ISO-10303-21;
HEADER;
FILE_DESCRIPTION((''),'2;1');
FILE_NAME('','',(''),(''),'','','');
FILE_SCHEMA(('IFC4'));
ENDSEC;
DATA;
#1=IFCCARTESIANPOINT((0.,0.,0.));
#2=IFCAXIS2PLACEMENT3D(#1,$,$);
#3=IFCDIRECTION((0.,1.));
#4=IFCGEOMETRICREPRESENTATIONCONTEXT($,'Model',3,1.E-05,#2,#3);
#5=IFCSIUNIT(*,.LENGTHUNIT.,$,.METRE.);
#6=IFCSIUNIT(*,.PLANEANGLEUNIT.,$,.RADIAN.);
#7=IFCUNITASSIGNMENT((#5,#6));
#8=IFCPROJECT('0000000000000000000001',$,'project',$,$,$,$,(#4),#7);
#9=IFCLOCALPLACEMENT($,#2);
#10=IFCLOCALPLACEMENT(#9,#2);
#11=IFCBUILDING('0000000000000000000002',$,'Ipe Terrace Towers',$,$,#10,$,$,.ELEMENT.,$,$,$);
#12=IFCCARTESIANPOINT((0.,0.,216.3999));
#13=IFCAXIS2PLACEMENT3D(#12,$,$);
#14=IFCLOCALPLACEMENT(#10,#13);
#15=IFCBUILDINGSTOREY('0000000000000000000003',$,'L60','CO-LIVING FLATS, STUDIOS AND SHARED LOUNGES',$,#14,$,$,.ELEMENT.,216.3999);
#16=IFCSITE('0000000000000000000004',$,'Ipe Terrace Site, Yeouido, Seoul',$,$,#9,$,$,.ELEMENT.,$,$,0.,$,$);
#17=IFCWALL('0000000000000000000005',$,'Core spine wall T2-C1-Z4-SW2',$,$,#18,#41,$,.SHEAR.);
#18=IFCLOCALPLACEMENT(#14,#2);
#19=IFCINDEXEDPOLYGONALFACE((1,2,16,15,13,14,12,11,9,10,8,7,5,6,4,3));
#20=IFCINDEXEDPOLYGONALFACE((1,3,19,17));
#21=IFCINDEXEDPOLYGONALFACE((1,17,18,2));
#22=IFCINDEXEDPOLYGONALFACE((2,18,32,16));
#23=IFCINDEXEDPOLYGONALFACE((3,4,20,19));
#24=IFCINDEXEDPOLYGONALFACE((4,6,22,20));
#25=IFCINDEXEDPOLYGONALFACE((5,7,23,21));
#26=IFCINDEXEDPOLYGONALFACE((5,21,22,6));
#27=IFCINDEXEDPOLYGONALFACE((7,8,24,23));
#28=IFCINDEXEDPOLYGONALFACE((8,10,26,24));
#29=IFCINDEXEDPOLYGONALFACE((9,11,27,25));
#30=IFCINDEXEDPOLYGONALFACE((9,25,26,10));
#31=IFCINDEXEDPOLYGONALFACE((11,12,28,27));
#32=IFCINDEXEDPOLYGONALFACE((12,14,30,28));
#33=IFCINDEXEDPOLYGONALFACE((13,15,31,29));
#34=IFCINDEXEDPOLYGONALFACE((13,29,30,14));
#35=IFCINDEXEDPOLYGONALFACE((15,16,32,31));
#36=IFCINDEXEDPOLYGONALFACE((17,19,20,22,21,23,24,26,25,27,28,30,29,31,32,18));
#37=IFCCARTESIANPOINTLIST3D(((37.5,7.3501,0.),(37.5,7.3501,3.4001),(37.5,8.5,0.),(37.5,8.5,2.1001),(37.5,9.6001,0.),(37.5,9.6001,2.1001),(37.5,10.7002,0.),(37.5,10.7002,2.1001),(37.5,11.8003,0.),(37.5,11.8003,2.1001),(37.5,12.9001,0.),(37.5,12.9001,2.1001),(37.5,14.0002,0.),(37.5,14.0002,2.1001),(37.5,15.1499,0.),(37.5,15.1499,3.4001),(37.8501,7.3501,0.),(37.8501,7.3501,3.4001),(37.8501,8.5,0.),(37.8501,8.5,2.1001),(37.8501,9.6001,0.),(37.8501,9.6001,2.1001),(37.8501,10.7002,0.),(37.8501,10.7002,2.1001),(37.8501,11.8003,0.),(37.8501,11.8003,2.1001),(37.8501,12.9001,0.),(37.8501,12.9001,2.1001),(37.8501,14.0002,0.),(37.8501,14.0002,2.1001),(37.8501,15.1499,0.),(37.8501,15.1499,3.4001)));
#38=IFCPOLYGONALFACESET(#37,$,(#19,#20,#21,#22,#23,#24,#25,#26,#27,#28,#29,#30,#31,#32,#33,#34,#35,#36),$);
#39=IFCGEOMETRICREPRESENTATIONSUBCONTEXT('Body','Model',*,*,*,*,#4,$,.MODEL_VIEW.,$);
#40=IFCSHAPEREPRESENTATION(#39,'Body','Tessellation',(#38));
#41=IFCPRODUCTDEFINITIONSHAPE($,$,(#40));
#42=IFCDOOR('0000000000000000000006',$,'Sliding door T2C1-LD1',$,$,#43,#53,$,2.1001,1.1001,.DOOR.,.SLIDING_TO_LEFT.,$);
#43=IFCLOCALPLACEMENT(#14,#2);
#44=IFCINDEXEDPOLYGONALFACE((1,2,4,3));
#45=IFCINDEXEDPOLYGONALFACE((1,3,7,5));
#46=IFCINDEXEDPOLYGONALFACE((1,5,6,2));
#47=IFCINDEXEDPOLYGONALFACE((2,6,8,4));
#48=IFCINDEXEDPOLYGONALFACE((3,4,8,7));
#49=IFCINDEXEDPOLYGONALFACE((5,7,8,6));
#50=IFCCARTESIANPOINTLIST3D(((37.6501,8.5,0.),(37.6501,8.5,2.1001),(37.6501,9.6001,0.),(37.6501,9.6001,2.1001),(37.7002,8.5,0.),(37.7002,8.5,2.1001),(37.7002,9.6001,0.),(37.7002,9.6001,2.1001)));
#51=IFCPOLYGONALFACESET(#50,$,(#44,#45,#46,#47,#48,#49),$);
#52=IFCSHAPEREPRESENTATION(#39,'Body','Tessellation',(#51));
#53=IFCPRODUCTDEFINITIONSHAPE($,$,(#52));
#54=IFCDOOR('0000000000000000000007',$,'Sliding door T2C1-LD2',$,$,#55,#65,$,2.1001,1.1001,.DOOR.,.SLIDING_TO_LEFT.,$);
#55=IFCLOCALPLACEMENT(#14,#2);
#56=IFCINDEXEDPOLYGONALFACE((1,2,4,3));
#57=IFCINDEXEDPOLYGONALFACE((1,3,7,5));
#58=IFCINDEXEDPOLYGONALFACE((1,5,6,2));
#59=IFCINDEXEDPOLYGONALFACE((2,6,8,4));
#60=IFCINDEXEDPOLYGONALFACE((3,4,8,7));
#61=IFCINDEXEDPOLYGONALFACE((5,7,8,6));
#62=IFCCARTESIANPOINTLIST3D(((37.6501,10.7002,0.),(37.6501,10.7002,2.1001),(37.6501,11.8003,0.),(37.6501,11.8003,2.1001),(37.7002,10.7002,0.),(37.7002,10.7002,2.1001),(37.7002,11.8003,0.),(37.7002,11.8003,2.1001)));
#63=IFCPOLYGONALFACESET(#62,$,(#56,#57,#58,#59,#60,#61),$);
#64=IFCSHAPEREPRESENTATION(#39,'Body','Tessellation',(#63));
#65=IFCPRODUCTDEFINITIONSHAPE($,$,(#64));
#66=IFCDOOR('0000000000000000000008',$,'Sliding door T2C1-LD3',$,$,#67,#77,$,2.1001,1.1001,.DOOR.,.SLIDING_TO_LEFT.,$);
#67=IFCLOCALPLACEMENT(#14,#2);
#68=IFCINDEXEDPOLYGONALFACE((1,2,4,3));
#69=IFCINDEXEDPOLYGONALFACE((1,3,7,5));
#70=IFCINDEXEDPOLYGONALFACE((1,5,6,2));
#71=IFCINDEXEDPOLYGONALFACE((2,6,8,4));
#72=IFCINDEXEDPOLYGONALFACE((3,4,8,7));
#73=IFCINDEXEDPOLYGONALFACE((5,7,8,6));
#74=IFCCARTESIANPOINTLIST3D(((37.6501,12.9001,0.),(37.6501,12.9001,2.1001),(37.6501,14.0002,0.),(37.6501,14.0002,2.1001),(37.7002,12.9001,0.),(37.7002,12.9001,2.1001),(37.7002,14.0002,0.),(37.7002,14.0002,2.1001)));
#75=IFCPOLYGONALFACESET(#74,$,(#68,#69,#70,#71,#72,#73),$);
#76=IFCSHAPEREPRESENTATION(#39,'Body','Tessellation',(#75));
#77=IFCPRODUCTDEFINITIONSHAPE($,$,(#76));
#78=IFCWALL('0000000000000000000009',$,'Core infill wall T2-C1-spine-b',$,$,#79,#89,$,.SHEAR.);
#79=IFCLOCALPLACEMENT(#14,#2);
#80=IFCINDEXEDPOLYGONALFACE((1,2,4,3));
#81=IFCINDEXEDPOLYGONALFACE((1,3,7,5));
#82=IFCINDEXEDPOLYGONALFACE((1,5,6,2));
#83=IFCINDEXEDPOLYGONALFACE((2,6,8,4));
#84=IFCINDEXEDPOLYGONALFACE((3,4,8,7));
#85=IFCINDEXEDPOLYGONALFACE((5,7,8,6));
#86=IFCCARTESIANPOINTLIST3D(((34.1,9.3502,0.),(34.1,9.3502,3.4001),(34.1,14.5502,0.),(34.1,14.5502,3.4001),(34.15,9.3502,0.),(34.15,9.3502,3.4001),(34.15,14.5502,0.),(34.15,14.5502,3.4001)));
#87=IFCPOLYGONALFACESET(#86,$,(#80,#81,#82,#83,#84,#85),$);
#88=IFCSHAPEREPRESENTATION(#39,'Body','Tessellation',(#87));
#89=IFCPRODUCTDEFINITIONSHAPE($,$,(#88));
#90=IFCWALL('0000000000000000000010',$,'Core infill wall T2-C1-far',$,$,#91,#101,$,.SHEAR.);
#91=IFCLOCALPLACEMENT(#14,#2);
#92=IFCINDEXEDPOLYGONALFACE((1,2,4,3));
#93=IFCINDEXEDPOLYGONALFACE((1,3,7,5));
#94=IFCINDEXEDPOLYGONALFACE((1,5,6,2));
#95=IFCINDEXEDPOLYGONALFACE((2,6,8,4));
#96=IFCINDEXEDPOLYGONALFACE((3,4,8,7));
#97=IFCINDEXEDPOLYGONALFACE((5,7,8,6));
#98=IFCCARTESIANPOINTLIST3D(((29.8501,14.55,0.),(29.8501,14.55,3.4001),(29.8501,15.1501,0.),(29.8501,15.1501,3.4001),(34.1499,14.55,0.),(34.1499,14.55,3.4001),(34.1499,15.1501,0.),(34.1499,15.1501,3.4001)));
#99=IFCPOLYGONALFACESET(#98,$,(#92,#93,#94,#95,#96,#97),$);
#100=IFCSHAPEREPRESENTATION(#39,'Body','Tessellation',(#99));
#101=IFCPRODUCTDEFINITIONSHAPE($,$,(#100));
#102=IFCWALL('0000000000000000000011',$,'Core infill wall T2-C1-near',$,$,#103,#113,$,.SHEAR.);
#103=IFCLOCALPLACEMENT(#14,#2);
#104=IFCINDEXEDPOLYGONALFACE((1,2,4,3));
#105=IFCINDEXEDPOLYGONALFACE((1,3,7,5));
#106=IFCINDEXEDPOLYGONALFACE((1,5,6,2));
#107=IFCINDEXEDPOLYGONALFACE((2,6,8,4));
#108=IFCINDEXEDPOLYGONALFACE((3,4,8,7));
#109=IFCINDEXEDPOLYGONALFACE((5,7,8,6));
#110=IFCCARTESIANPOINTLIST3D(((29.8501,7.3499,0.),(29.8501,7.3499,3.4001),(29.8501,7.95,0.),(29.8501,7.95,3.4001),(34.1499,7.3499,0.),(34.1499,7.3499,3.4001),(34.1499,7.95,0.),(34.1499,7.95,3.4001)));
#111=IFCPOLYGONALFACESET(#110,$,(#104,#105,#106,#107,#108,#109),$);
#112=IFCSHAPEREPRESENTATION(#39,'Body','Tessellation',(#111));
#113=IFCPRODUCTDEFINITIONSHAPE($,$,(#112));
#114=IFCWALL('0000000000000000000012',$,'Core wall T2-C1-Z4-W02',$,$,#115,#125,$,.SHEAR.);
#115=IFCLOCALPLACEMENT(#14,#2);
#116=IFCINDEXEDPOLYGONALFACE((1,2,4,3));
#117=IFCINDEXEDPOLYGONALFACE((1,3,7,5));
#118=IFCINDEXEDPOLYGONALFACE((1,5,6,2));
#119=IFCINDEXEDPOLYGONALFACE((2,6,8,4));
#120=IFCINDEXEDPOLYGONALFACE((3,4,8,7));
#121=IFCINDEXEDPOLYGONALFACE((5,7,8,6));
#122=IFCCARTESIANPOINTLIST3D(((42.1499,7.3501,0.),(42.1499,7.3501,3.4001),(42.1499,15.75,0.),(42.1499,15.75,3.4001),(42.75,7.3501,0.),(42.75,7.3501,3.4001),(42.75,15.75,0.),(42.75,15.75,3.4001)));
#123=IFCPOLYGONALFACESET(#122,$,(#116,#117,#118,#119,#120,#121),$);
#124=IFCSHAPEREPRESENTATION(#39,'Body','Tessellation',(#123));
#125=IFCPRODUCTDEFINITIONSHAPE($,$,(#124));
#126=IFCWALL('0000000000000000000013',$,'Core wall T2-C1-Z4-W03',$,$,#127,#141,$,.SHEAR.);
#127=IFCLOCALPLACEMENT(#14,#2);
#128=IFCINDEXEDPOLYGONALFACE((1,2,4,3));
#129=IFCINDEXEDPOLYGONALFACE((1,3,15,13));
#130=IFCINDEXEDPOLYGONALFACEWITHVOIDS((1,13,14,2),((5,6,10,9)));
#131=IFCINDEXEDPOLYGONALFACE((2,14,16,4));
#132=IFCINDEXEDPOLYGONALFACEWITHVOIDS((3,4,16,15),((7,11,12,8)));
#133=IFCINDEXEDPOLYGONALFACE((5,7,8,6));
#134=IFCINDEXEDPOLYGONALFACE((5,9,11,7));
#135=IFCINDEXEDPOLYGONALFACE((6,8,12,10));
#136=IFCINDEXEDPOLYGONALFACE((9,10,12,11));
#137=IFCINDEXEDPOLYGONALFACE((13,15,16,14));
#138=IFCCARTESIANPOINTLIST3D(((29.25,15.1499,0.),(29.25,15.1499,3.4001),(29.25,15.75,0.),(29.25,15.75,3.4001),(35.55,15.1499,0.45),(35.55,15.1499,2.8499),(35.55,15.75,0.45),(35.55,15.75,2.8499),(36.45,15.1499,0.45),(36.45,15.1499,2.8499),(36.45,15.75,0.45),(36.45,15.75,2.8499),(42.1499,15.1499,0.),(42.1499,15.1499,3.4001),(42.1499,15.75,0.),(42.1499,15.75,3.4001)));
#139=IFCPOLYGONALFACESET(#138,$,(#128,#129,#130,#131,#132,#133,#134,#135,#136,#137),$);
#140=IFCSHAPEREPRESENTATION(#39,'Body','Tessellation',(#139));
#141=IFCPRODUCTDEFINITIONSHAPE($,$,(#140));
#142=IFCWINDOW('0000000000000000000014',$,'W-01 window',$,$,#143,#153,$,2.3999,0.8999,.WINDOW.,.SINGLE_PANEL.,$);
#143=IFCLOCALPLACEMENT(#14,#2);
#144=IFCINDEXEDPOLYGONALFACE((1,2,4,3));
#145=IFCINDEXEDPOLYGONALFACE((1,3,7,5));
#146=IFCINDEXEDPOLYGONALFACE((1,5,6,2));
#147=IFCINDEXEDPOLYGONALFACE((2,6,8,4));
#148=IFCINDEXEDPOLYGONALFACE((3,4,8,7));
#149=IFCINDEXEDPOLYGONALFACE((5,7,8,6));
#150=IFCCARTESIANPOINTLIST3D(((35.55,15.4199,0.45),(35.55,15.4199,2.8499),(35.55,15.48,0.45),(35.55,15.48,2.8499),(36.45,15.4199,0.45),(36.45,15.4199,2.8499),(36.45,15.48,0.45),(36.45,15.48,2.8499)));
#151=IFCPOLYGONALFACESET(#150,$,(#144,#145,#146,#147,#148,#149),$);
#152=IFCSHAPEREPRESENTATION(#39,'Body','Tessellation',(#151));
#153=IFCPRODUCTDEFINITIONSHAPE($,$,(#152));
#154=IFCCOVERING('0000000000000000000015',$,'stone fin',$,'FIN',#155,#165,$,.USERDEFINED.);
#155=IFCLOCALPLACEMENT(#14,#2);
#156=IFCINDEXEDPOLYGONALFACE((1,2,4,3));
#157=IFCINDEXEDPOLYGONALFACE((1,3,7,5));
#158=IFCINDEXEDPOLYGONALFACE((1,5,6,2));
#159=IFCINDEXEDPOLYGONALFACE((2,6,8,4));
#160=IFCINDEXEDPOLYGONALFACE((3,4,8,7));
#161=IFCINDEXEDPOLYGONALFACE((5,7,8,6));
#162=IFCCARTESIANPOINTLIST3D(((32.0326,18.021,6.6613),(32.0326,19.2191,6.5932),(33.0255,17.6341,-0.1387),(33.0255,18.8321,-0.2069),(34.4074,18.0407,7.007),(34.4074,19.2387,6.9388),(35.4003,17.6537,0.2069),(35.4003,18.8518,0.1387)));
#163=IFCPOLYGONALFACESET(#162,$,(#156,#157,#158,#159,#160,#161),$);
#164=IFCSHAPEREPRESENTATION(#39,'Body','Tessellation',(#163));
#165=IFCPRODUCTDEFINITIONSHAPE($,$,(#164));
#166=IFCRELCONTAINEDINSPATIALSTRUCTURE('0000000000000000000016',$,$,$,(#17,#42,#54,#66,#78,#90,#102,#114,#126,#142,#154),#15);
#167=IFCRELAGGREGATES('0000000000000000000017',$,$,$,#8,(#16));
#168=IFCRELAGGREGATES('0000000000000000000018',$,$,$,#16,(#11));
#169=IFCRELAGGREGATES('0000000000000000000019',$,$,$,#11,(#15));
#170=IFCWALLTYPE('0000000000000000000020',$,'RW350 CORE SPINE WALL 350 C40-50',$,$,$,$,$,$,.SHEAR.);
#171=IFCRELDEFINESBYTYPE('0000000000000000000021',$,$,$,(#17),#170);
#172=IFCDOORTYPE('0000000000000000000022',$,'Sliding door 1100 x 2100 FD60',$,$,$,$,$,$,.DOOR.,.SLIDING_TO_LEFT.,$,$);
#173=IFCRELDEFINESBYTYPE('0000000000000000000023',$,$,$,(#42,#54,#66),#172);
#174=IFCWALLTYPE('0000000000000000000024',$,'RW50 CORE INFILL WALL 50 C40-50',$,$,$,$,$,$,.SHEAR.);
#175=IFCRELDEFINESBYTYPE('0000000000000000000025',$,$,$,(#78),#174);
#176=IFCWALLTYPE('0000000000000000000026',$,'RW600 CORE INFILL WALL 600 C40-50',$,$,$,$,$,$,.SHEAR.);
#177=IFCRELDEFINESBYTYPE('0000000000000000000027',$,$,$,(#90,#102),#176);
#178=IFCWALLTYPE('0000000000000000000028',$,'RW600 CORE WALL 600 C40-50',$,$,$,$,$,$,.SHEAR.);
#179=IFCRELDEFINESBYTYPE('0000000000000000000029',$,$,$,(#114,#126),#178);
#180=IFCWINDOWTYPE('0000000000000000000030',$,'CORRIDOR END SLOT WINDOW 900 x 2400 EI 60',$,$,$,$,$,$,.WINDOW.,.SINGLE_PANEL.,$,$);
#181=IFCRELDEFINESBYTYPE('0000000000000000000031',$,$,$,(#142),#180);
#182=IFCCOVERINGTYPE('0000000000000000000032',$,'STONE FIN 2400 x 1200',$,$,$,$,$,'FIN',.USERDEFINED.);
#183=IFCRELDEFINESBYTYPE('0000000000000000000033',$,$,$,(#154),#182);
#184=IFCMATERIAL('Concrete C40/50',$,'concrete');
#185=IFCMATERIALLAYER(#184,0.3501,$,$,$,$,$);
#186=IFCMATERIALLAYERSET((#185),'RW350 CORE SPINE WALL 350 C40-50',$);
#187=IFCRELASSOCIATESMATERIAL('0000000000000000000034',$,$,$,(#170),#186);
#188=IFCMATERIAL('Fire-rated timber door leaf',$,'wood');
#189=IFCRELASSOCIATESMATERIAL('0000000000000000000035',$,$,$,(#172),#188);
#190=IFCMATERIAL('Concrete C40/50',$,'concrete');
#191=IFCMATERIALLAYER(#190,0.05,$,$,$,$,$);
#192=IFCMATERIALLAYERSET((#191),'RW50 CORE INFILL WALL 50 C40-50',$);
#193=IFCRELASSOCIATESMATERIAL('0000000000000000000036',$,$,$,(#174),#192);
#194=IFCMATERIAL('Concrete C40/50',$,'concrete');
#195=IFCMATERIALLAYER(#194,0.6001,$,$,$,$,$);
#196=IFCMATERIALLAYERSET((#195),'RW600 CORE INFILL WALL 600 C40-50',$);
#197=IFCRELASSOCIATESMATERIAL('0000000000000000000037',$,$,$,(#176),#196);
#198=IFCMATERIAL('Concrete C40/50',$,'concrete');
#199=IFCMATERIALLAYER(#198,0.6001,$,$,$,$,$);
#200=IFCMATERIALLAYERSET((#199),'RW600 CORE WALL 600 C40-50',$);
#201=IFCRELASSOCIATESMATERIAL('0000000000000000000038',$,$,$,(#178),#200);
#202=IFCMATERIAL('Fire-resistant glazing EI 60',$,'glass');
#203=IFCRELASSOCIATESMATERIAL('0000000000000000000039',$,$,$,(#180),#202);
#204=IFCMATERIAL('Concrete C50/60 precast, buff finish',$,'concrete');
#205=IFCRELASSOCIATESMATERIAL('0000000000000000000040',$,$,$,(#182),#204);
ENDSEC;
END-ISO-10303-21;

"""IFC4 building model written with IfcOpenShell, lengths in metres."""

from ifc_helpers import new_model, si_unit, direction, frame, frame_2d, origin, origin_2d, place, context, subcontext, project, spatial, rectangle, extrude, material, layer, layer_set, material_profile, profile_set, type_object, element, fill, save


model = new_model("IFC4")

# Units and contexts
model_context = context("Model", 3, precision=1e-05, world=origin(), true_north=direction((0.0, 1.0)))
body_context = subcontext(model_context, "Body", "Model", "MODEL_VIEW")
ifc_project = project(units=[si_unit("LENGTHUNIT", "METRE"), si_unit("PLANEANGLEUNIT", "RADIAN")], contexts=[model_context])

# Site, building, storey
site_placement = place(None, origin())
site = spatial("IfcSite", under=ifc_project, at=site_placement, Name="Ipe Terrace Site, Yeouido, Seoul", CompositionType="ELEMENT", RefElevation=0.0)
building_placement = place(site_placement, origin())
building = spatial("IfcBuilding", under=site, at=building_placement, Name="Ipe Terrace Towers", CompositionType="ELEMENT")
storey_placement = place(building_placement, frame((0.0, 0.0, 216.3999)))
storey = spatial("IfcBuildingStorey", under=building, at=storey_placement, Name="L60", Description="CO-LIVING FLATS, STUDIOS AND SHARED LOUNGES", CompositionType="ELEMENT", Elevation=216.3999)

# Shared definitions
ifc_material_1 = material(Name="Concrete C40/50", Category="concrete")
ifc_layer_1 = layer(ifc_material_1, 0.3501)
ifc_layer_set_1 = layer_set([ifc_layer_1], Name="RW350 CORE SPINE WALL 350 C40-50")
wall_type_1 = type_object("IfcWallType", Name="RW350 CORE SPINE WALL 350 C40-50", PredefinedType="SHEAR", material=ifc_layer_set_1)

# Wall, openings, doors
wall_1_placement = place(storey_placement, frame((37.675, 7.3501, 0.0), z_axis=(0.0, 0.0, 1.0), x_axis=(0.0, 1.0, 0.0)))
wall_1 = element("IfcWall", 1, at=wall_1_placement, inside=storey, type_object=wall_type_1, Name="Core spine wall T2-C1-Z4-SW2", PredefinedType="SHEAR", context=body_context, shape_type="SweptSolid", body=[
    extrude(rectangle(XDim=7.7998, YDim=0.3501, at=frame_2d((3.8999, 0.0))), origin(), (0.0, 0.0, 1.0), 3.4001),
])
opening_1_placement = place(wall_1_placement, frame((1.1499, 0.0, 0.0)))
opening_1 = element("IfcOpeningElement", 2, at=opening_1_placement, cuts=wall_1, PredefinedType="OPENING", context=body_context, shape_type="SweptSolid", body=[
    extrude(rectangle(XDim=1.1001, YDim=2.1001, at=frame_2d((0.55, 1.05))), frame((0.0, 0.1851, 0.0), z_axis=(0.0, -1.0, 0.0), x_axis=(1.0, 0.0, 0.0)), (0.0, 0.0, 1.0), 0.3701),
])
opening_2_placement = place(wall_1_placement, frame((3.3501, 0.0, 0.0)))
opening_2 = element("IfcOpeningElement", 3, at=opening_2_placement, cuts=wall_1, PredefinedType="OPENING", context=body_context, shape_type="SweptSolid", body=[
    extrude(rectangle(XDim=1.1001, YDim=2.1001, at=frame_2d((0.55, 1.05))), frame((0.0, 0.1851, 0.0), z_axis=(0.0, -1.0, 0.0), x_axis=(1.0, 0.0, 0.0)), (0.0, 0.0, 1.0), 0.3701),
])
opening_3_placement = place(wall_1_placement, frame((5.55, 0.0, 0.0)))
opening_3 = element("IfcOpeningElement", 4, at=opening_3_placement, cuts=wall_1, PredefinedType="OPENING", context=body_context, shape_type="SweptSolid", body=[
    extrude(rectangle(XDim=1.1001, YDim=2.1001, at=frame_2d((0.55, 1.05))), frame((0.0, 0.1851, 0.0), z_axis=(0.0, -1.0, 0.0), x_axis=(1.0, 0.0, 0.0)), (0.0, 0.0, 1.0), 0.3701),
])
ifc_material_2 = material(Name="Fire-rated timber door leaf", Category="wood")
door_type_1 = type_object("IfcDoorType", Name="Sliding door 1100 x 2100 FD60", OperationType="SLIDING_TO_LEFT", PredefinedType="DOOR", material=ifc_material_2)
door_1_placement = place(opening_1_placement, origin())
door_1 = element("IfcDoor", 5, at=door_1_placement, inside=storey, type_object=door_type_1, Name="Sliding door T2C1-LD1", OperationType="SLIDING_TO_LEFT", OverallHeight=2.1001, OverallWidth=1.1001, PredefinedType="DOOR", context=body_context, shape_type="SweptSolid", body=[
    extrude(rectangle(XDim=1.1001, YDim=2.1001, at=frame_2d((0.55, 1.05))), frame((0.0, 0.0249, 0.0), z_axis=(0.0, -1.0, 0.0), x_axis=(1.0, 0.0, 0.0)), (0.0, 0.0, 1.0), 0.05),
])
fill(opening_1, door_1)
door_2_placement = place(opening_2_placement, origin())
door_2 = element("IfcDoor", 6, at=door_2_placement, inside=storey, type_object=door_type_1, Name="Sliding door T2C1-LD2", OperationType="SLIDING_TO_LEFT", OverallHeight=2.1001, OverallWidth=1.1001, PredefinedType="DOOR", context=body_context, shape_type="SweptSolid", body=[
    extrude(rectangle(XDim=1.1001, YDim=2.1001, at=frame_2d((0.55, 1.05))), frame((0.0, 0.0249, 0.0), z_axis=(0.0, -1.0, 0.0), x_axis=(1.0, 0.0, 0.0)), (0.0, 0.0, 1.0), 0.05),
])
fill(opening_2, door_2)
door_3_placement = place(opening_3_placement, origin())
door_3 = element("IfcDoor", 7, at=door_3_placement, inside=storey, type_object=door_type_1, Name="Sliding door T2C1-LD3", OperationType="SLIDING_TO_LEFT", OverallHeight=2.1001, OverallWidth=1.1001, PredefinedType="DOOR", context=body_context, shape_type="SweptSolid", body=[
    extrude(rectangle(XDim=1.1001, YDim=2.1001, at=frame_2d((0.55, 1.05))), frame((0.0, 0.0249, 0.0), z_axis=(0.0, -1.0, 0.0), x_axis=(1.0, 0.0, 0.0)), (0.0, 0.0, 1.0), 0.05),
])
fill(opening_3, door_3)

# Walls
ifc_material_3 = material(Name="Concrete C40/50", Category="concrete")
ifc_layer_2 = layer(ifc_material_3, 0.05)
ifc_layer_set_2 = layer_set([ifc_layer_2], Name="RW50 CORE INFILL WALL 50 C40-50")
wall_type_2 = type_object("IfcWallType", Name="RW50 CORE INFILL WALL 50 C40-50", PredefinedType="SHEAR", material=ifc_layer_set_2)
wall_2_placement = place(storey_placement, frame((34.125, 9.3501, 0.0), z_axis=(0.0, 0.0, 1.0), x_axis=(0.0, 1.0, 0.0)))
element("IfcWall", 8, at=wall_2_placement, inside=storey, type_object=wall_type_2, Name="Core infill wall T2-C1-spine-b", PredefinedType="SHEAR", context=body_context, shape_type="SweptSolid", body=[
    extrude(rectangle(XDim=5.2, YDim=0.05, at=frame_2d((2.6001, 0.0))), origin(), (0.0, 0.0, 1.0), 3.4001),
])
ifc_material_4 = material(Name="Concrete C40/50", Category="concrete")
ifc_layer_3 = layer(ifc_material_4, 0.6001)
ifc_layer_set_3 = layer_set([ifc_layer_3], Name="RW600 CORE INFILL WALL 600 C40-50")
wall_type_3 = type_object("IfcWallType", Name="RW600 CORE INFILL WALL 600 C40-50", PredefinedType="SHEAR", material=ifc_layer_set_3)
for number, where, z_axis, x_axis, name in (
    (9, (34.1499, 14.8501, 0.0), (0.0, 0.0, 1.0), (-1.0, 0.0, 0.0), "Core infill wall T2-C1-far"),
    (10, (34.1499, 7.6499, 0.0), (0.0, 0.0, 1.0), (-1.0, 0.0, 0.0), "Core infill wall T2-C1-near"),
):
    element("IfcWall", number, at=place(storey_placement, frame(where, z_axis=z_axis, x_axis=x_axis)), inside=storey, type_object=wall_type_3, Name=name, PredefinedType="SHEAR", context=body_context, shape_type="SweptSolid", body=[
        extrude(rectangle(XDim=4.2998, YDim=0.6001, at=frame_2d((2.1499, 0.0))), origin(), (0.0, 0.0, 1.0), 3.4001),
    ])
ifc_material_5 = material(Name="Concrete C40/50", Category="concrete")
ifc_layer_4 = layer(ifc_material_5, 0.6001)
ifc_layer_set_4 = layer_set([ifc_layer_4], Name="RW600 CORE WALL 600 C40-50")
wall_type_4 = type_object("IfcWallType", Name="RW600 CORE WALL 600 C40-50", PredefinedType="SHEAR", material=ifc_layer_set_4)
wall_3_placement = place(storey_placement, frame((42.45, 7.3501, 0.0), z_axis=(0.0, 0.0, 1.0), x_axis=(0.0, 1.0, 0.0)))
element("IfcWall", 11, at=wall_3_placement, inside=storey, type_object=wall_type_4, Name="Core wall T2-C1-Z4-W02", PredefinedType="SHEAR", context=body_context, shape_type="SweptSolid", body=[
    extrude(rectangle(XDim=8.3999, YDim=0.6001, at=frame_2d((4.2, 0.0))), origin(), (0.0, 0.0, 1.0), 3.4001),
])

# Wall, opening, window
wall_4_placement = place(storey_placement, frame((42.1499, 15.45, 0.0), z_axis=(0.0, 0.0, 1.0), x_axis=(-1.0, 0.0, 0.0)))
wall_4 = element("IfcWall", 12, at=wall_4_placement, inside=storey, type_object=wall_type_4, Name="Core wall T2-C1-Z4-W03", PredefinedType="SHEAR", context=body_context, shape_type="SweptSolid", body=[
    extrude(rectangle(XDim=12.8999, YDim=0.6001, at=frame_2d((6.45, 0.0))), origin(), (0.0, 0.0, 1.0), 3.4001),
])
opening_4_placement = place(wall_4_placement, frame((5.7, 0.0, 0.45)))
opening_4 = element("IfcOpeningElement", 13, at=opening_4_placement, cuts=wall_4, PredefinedType="OPENING", context=body_context, shape_type="SweptSolid", body=[
    extrude(rectangle(XDim=0.8999, YDim=2.3999, at=frame_2d((0.45, 1.2))), frame((0.0, 0.3101, 0.0), z_axis=(0.0, -1.0, 0.0), x_axis=(1.0, 0.0, 0.0)), (0.0, 0.0, 1.0), 0.6201),
])
ifc_material_6 = material(Name="Fire-resistant glazing EI 60", Category="glass")
window_type = type_object("IfcWindowType", Name="CORRIDOR END SLOT WINDOW 900 x 2400 EI 60", PartitioningType="SINGLE_PANEL", PredefinedType="WINDOW", material=ifc_material_6)
window_placement = place(opening_4_placement, origin())
window = element("IfcWindow", 14, at=window_placement, inside=storey, type_object=window_type, Name="W-01 window", OverallHeight=2.3999, OverallWidth=0.8999, PartitioningType="SINGLE_PANEL", PredefinedType="WINDOW", context=body_context, shape_type="SweptSolid", body=[
    extrude(rectangle(XDim=0.8999, YDim=2.3999, at=frame_2d((0.45, 1.2))), frame((0.0, 0.03, 0.0), z_axis=(0.0, -1.0, 0.0), x_axis=(1.0, 0.0, 0.0)), (0.0, 0.0, 1.0), 0.0601),
])
fill(opening_4, window)

# Covering
ifc_material_7 = material(Name="Concrete C50/60 precast, buff finish", Category="concrete")
ifc_material_profile_1 = material_profile(ifc_material_7, rectangle(XDim=2.3999, YDim=1.2, at=origin_2d()), Name="STONE FIN 2400 x 1200")
ifc_profile_set_1 = profile_set([ifc_material_profile_1], Name="Concrete C50/60 precast, buff finish")
covering_type_1 = type_object("IfcCoveringType", Name="STONE FIN 2400 x 1200", ElementType="FIN", PredefinedType="USERDEFINED", material=ifc_profile_set_1)
covering_1_placement = place(storey_placement, frame((34.2129, 18.2429, 0.0), z_axis=(-0.144256, 0.05622, 0.987942), x_axis=(-0.98954, -0.008196, -0.144023)))
element("IfcCovering", 15, at=covering_1_placement, inside=storey, type_object=covering_type_1, Name="stone fin", ObjectType="FIN", PredefinedType="USERDEFINED", context=body_context, shape_type="SweptSolid", body=[
    extrude(rectangle(XDim=2.3999, YDim=1.2, at=origin_2d()), origin(), (0.0, 0.0, 1.0), 6.8831),
])

save(model, "model.ifc")
